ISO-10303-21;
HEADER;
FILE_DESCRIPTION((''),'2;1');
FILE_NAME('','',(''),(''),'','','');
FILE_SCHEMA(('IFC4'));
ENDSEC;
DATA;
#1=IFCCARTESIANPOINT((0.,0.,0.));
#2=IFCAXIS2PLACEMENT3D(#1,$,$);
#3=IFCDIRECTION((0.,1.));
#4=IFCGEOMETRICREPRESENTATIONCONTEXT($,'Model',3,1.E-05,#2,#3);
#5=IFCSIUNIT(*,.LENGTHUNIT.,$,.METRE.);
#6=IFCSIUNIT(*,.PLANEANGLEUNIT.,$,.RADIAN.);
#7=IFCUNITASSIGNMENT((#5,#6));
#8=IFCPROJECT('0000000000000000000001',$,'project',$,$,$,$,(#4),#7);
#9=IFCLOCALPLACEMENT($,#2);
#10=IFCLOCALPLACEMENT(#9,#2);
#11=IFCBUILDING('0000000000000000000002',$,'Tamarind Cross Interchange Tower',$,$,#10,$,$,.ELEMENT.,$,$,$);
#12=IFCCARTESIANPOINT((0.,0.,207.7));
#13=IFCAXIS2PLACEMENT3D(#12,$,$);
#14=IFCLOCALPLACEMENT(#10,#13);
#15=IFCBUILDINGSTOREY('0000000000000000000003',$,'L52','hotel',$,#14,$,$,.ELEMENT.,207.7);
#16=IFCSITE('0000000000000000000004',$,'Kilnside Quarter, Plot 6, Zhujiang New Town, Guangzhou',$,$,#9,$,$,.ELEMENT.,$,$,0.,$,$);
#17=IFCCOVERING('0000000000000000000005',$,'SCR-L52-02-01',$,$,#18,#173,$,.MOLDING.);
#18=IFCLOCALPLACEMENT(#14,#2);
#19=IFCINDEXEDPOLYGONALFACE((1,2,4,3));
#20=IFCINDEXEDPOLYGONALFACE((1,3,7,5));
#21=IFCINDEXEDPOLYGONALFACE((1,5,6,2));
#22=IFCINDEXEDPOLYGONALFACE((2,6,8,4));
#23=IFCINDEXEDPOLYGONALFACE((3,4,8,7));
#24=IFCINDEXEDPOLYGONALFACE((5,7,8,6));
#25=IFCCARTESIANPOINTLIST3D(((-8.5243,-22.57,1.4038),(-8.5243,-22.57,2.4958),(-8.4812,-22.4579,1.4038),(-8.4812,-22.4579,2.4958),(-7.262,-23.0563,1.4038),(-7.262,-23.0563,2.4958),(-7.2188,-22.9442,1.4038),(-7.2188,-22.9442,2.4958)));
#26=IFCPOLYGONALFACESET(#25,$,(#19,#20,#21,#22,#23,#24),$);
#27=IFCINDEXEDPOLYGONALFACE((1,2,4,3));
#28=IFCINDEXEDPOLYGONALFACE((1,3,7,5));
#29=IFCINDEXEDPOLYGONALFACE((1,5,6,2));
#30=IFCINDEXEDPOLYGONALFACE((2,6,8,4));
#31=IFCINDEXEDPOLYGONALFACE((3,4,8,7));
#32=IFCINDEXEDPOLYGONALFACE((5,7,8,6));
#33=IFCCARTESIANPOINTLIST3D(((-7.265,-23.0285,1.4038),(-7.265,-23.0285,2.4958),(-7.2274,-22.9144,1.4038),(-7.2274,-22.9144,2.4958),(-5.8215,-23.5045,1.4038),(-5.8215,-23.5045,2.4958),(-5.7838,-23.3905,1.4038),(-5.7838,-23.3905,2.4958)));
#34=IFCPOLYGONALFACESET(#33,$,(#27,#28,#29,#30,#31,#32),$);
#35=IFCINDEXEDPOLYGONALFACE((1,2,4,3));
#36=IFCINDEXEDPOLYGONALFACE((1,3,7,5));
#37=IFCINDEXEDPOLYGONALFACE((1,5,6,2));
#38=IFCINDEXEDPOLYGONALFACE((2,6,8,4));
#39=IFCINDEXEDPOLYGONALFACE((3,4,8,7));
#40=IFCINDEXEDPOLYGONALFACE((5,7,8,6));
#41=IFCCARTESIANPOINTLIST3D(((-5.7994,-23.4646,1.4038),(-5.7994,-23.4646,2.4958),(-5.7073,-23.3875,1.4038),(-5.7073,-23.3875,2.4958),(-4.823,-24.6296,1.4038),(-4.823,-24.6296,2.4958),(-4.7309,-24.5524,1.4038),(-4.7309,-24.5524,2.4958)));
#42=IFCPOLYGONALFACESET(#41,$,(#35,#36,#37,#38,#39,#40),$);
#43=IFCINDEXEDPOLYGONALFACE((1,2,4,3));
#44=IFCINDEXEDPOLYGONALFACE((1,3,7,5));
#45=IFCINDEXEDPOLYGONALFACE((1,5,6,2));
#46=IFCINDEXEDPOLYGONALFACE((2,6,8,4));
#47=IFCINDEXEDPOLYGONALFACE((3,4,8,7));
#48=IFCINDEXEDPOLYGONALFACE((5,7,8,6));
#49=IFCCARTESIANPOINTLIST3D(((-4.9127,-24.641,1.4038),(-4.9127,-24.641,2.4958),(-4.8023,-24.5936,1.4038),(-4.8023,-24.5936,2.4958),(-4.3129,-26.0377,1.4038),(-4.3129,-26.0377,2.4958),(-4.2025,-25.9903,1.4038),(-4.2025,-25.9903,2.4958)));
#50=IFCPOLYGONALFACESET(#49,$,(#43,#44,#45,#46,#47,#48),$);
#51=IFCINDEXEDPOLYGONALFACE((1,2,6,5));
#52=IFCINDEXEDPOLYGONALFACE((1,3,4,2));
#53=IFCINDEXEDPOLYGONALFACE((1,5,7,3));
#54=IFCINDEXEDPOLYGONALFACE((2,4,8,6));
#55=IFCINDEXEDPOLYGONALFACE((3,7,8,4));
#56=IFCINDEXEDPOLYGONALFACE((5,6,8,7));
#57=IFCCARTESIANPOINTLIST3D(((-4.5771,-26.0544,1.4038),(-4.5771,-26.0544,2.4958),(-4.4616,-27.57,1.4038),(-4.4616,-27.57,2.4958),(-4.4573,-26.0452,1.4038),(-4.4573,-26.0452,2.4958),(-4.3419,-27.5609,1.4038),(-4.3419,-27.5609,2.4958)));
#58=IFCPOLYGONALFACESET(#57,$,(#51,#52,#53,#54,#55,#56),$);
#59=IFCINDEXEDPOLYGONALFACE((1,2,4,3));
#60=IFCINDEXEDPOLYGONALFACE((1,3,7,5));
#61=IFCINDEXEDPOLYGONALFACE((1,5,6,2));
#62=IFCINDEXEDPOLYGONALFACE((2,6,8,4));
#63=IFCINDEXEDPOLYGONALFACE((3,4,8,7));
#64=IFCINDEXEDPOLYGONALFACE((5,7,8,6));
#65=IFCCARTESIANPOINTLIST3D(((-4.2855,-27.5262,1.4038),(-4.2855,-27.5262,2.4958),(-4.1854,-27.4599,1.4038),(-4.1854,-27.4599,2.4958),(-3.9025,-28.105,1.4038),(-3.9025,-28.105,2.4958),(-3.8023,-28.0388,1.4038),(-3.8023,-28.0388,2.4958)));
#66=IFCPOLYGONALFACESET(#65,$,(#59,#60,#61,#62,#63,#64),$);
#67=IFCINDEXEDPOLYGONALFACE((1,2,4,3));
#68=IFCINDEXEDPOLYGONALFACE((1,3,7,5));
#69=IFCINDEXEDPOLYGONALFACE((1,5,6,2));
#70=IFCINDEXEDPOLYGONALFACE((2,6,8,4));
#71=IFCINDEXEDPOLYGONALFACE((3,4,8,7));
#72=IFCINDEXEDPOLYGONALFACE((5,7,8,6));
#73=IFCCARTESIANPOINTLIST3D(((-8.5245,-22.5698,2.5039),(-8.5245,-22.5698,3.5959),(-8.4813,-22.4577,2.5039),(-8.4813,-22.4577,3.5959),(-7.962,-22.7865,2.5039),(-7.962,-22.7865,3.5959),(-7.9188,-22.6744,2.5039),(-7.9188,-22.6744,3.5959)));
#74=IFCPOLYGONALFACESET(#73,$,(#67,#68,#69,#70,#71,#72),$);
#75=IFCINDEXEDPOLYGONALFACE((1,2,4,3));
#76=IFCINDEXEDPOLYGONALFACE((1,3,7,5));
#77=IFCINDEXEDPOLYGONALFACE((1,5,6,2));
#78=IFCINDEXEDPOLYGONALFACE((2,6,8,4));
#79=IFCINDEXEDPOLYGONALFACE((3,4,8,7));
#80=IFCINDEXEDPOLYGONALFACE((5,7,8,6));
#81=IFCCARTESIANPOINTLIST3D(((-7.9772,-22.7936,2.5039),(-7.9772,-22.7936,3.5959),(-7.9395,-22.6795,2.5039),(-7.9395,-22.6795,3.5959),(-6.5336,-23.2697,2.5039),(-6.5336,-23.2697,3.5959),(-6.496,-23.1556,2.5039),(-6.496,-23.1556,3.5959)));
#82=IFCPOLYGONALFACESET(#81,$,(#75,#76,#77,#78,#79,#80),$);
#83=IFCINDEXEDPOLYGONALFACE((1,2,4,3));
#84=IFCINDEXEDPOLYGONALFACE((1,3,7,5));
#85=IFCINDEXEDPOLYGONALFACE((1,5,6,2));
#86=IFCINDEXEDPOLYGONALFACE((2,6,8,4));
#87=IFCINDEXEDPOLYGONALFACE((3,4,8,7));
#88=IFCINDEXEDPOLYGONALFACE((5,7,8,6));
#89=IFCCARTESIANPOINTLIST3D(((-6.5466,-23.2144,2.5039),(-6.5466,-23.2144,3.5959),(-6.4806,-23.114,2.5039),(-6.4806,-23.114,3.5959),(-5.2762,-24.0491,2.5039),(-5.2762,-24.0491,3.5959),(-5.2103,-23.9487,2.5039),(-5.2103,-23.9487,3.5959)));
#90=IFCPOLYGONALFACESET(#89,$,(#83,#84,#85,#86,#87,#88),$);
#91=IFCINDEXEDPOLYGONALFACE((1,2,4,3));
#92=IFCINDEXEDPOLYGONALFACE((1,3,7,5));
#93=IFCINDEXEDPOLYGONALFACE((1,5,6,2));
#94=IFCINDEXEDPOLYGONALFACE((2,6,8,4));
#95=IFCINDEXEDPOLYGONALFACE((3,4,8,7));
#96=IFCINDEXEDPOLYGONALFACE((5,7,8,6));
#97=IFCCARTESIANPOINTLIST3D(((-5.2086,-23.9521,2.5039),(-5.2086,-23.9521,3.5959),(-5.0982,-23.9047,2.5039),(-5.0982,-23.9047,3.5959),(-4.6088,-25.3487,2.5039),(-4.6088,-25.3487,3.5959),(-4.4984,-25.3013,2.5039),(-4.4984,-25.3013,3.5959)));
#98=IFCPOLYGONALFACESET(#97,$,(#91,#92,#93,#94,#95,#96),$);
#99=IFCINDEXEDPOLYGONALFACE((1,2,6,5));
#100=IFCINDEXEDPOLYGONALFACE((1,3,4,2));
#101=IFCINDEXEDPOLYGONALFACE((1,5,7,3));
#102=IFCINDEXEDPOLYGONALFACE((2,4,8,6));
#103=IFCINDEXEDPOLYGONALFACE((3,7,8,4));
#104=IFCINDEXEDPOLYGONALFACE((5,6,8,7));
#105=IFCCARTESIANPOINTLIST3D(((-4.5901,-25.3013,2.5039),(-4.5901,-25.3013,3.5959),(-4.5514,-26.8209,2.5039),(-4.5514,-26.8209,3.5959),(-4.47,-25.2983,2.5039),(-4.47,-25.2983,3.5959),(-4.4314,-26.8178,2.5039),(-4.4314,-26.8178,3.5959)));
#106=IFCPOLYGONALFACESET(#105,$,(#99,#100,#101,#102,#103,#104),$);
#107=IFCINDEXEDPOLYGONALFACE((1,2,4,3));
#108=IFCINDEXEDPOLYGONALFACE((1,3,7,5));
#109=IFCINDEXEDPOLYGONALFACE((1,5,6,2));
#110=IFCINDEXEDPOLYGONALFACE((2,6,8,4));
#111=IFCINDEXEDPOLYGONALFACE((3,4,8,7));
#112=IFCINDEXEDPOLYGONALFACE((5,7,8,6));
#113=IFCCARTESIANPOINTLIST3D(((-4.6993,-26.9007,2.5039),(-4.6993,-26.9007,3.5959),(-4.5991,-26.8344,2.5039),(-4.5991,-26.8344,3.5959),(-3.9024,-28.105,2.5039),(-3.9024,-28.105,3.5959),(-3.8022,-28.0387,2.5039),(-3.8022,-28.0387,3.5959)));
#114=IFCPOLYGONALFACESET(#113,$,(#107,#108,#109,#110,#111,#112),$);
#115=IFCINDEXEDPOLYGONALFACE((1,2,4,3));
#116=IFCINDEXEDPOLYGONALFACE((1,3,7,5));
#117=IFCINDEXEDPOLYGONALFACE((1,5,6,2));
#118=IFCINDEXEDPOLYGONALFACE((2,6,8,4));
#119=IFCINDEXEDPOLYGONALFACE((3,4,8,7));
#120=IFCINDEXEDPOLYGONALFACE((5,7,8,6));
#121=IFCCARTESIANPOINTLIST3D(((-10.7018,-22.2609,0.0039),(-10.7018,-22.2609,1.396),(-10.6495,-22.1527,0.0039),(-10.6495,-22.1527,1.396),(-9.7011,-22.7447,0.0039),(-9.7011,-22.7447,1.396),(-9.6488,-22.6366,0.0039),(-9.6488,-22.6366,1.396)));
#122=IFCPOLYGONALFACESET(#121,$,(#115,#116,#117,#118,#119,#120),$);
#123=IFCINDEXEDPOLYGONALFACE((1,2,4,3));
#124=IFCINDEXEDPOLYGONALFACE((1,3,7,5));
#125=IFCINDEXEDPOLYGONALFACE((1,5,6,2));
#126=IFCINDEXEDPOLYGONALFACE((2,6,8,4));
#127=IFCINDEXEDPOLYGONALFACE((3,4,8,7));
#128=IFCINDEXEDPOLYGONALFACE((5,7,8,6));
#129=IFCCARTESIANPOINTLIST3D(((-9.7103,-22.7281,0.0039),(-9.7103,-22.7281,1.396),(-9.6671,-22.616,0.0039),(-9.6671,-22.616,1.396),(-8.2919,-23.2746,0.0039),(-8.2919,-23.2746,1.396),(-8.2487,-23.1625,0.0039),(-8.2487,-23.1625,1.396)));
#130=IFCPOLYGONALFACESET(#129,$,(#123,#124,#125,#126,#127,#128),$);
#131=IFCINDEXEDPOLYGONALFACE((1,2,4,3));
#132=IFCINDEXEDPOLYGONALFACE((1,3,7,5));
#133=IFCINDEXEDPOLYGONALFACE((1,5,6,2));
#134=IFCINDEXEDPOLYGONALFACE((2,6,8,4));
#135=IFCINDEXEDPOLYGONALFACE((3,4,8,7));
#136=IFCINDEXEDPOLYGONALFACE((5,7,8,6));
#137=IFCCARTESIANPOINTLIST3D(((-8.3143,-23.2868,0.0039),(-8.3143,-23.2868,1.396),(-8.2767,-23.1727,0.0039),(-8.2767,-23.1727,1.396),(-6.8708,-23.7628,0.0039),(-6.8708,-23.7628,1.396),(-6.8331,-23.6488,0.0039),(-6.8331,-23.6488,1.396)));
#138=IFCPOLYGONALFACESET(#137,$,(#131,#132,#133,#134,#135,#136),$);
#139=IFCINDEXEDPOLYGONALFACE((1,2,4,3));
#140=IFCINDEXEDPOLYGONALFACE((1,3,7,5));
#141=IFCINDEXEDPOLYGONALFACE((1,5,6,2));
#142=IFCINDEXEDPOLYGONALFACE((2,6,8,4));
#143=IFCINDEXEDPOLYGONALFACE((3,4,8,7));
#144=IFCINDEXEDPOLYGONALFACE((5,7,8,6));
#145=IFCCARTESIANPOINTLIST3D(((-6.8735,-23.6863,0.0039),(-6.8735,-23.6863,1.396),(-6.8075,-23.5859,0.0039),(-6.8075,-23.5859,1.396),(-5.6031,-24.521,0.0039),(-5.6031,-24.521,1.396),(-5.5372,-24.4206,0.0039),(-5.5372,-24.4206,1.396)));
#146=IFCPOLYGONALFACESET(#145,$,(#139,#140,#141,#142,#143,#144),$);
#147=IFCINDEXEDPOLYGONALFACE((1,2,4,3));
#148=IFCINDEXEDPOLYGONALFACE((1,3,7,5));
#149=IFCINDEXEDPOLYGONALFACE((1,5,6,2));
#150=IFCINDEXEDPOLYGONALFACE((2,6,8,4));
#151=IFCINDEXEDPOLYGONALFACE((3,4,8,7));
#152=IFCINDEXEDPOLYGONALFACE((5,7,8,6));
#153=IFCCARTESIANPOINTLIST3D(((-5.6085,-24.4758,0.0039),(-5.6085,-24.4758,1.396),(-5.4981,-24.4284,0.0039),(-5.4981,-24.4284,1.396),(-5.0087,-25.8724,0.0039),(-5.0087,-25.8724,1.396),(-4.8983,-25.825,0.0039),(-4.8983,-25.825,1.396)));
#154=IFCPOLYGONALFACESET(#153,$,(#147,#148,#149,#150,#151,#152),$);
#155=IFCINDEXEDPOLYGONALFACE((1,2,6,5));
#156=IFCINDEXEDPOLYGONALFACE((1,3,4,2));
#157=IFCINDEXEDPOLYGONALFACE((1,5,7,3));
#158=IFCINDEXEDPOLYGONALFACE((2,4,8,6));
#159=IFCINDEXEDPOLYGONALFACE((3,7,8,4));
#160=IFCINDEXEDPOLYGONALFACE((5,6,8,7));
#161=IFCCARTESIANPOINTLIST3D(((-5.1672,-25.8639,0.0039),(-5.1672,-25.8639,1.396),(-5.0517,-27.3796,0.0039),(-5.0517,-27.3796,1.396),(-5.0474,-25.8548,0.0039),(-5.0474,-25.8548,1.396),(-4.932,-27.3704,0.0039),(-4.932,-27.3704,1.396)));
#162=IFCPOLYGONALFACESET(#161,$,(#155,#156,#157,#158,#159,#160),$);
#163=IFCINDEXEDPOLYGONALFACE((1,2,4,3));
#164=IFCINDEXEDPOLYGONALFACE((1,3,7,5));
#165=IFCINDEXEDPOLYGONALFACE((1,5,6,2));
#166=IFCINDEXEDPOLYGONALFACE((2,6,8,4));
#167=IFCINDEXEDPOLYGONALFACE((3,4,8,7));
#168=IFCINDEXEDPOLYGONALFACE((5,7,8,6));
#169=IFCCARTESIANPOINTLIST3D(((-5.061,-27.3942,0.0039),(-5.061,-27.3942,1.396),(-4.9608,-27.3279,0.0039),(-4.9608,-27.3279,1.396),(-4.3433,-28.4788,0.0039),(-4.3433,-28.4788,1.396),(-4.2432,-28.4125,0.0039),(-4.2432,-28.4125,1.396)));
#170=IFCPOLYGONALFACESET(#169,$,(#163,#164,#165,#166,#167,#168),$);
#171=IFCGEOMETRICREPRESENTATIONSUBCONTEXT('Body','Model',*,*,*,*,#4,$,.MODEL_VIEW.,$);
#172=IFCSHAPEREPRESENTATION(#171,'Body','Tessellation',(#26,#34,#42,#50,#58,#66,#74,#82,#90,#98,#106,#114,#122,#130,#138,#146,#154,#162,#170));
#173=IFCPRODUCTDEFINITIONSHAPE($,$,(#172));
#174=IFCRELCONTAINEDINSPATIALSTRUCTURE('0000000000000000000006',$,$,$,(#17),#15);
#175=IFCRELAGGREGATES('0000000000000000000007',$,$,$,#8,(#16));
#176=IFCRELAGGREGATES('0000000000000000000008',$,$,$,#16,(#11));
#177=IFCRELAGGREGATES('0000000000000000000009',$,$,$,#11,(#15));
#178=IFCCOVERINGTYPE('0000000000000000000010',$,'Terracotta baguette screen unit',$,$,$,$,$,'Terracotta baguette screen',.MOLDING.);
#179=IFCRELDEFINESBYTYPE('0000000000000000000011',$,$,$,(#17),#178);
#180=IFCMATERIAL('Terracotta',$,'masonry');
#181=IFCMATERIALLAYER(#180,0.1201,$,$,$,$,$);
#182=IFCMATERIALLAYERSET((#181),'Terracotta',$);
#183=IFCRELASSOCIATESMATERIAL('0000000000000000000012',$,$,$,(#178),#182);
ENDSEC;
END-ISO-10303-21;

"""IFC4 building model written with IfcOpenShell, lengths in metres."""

from ifc_helpers import new_model, si_unit, direction, frame, origin, origin_2d, place, context, subcontext, project, spatial, rectangle, extrude, material, layer, layer_set, type_object, element, save


model = new_model("IFC4")

# Units and contexts
model_context = context("Model", 3, precision=1e-05, world=origin(), true_north=direction((0.0, 1.0)))
body_context = subcontext(model_context, "Body", "Model", "MODEL_VIEW")
ifc_project = project(units=[si_unit("LENGTHUNIT", "METRE"), si_unit("PLANEANGLEUNIT", "RADIAN")], contexts=[model_context])

# Site, building, storey
site_placement = place(None, origin())
site = spatial("IfcSite", under=ifc_project, at=site_placement, Name="Kilnside Quarter, Plot 6, Zhujiang New Town, Guangzhou", CompositionType="ELEMENT", RefElevation=0.0)
building_placement = place(site_placement, origin())
building = spatial("IfcBuilding", under=site, at=building_placement, Name="Tamarind Cross Interchange Tower", CompositionType="ELEMENT")
storey_placement = place(building_placement, frame((0.0, 0.0, 207.7)))
storey = spatial("IfcBuildingStorey", under=building, at=storey_placement, Name="L52", Description="hotel", CompositionType="ELEMENT", Elevation=207.7)

# Covering
ifc_material_1 = material(Name="Terracotta", Category="masonry")
ifc_layer_1 = layer(ifc_material_1, 0.1201)
ifc_layer_set_1 = layer_set([ifc_layer_1], Name="Terracotta")
covering_type = type_object("IfcCoveringType", Name="Terracotta baguette screen unit", ElementType="Terracotta baguette screen", PredefinedType="MOLDING", material=ifc_layer_set_1)
covering_1_placement = place(storey_placement, origin())
element("IfcCovering", 1, at=covering_1_placement, inside=storey, type_object=covering_type, Name="SCR-L52-02-01", PredefinedType="MOLDING", context=body_context, shape_type="SweptSolid", body=[
    extrude(rectangle(XDim=1.3528, YDim=0.1201, at=origin_2d()), frame((-7.8716, -22.7571, 1.4038), z_axis=(0.0, 0.0, 1.0), x_axis=(0.933147, -0.359495, 0.0)), (0.0, 0.0, 1.0), 1.092),
    extrude(rectangle(XDim=1.52, YDim=0.1201, at=origin_2d()), frame((-6.5244, -23.2095, 1.4038), z_axis=(0.0, 0.0, 1.0), x_axis=(0.949688, -0.313199, 0.0)), (0.0, 0.0, 1.0), 1.092),
    extrude(rectangle(XDim=1.52, YDim=0.1201, at=origin_2d()), frame((-5.2651, -24.0085, 1.4038), z_axis=(0.0, 0.0, 1.0), x_axis=(0.642355, -0.766407, 0.0)), (0.0, 0.0, 1.0), 1.092),
    extrude(rectangle(XDim=1.52, YDim=0.1201, at=origin_2d()), frame((-4.5576, -25.3157, 1.4038), z_axis=(0.0, 0.0, 1.0), x_axis=(0.394598, -0.918854, 0.0)), (0.0, 0.0, 1.0), 1.092),
    extrude(rectangle(XDim=1.52, YDim=0.1201, at=origin_2d()), frame((-4.4595, -26.8076, 1.4038), z_axis=(0.0, 0.0, 1.0), x_axis=(0.07595, -0.997112, 0.0)), (0.0, 0.0, 1.0), 1.092),
    extrude(rectangle(XDim=0.6941, YDim=0.1201, at=origin_2d()), frame((-4.0439, -27.7825, 1.4038), z_axis=(0.0, 0.0, 1.0), x_axis=(0.551827, -0.833958, 0.0)), (0.0, 0.0, 1.0), 1.092),
    extrude(rectangle(XDim=0.6028, YDim=0.1201, at=origin_2d()), frame((-8.2217, -22.6221, 2.5039), z_axis=(0.0, 0.0, 1.0), x_axis=(0.933147, -0.359495, 0.0)), (0.0, 0.0, 1.0), 1.092),
    extrude(rectangle(XDim=1.52, YDim=0.1201, at=origin_2d()), frame((-7.2366, -22.9746, 2.5039), z_axis=(0.0, 0.0, 1.0), x_axis=(0.949688, -0.313199, 0.0)), (0.0, 0.0, 1.0), 1.092),
    extrude(rectangle(XDim=1.52, YDim=0.1201, at=origin_2d()), frame((-5.8784, -23.5815, 2.5039), z_axis=(0.0, 0.0, 1.0), x_axis=(0.835753, -0.549105, 0.0)), (0.0, 0.0, 1.0), 1.092),
    extrude(rectangle(XDim=1.52, YDim=0.1201, at=origin_2d()), frame((-4.8535, -24.6267, 2.5039), z_axis=(0.0, 0.0, 1.0), x_axis=(0.394598, -0.918854, 0.0)), (0.0, 0.0, 1.0), 1.092),
    extrude(rectangle(XDim=1.52, YDim=0.1201, at=origin_2d()), frame((-4.5107, -26.0596, 2.5039), z_axis=(0.0, 0.0, 1.0), x_axis=(0.025437, -0.999676, 0.0)), (0.0, 0.0, 1.0), 1.092),
    extrude(rectangle(XDim=1.4441, YDim=0.1201, at=origin_2d()), frame((-4.2507, -27.4697, 2.5039), z_axis=(0.0, 0.0, 1.0), x_axis=(0.551827, -0.833958, 0.0)), (0.0, 0.0, 1.0), 1.092),
    extrude(rectangle(XDim=1.1116, YDim=0.1201, at=origin_2d()), frame((-10.1753, -22.4487, 0.0039), z_axis=(0.0, 0.0, 1.0), x_axis=(0.900273, -0.435326, 0.0)), (0.0, 0.0, 1.0), 1.3921),
    extrude(rectangle(XDim=1.52, YDim=0.1201, at=origin_2d()), frame((-8.9795, -22.9453, 0.0039), z_axis=(0.0, 0.0, 1.0), x_axis=(0.933147, -0.359495, 0.0)), (0.0, 0.0, 1.0), 1.3921),
    extrude(rectangle(XDim=1.52, YDim=0.1201, at=origin_2d()), frame((-7.5737, -23.4678, 0.0039), z_axis=(0.0, 0.0, 1.0), x_axis=(0.949688, -0.313199, 0.0)), (0.0, 0.0, 1.0), 1.3921),
    extrude(rectangle(XDim=1.52, YDim=0.1201, at=origin_2d()), frame((-6.2053, -24.0535, 0.0039), z_axis=(0.0, 0.0, 1.0), x_axis=(0.835753, -0.549105, 0.0)), (0.0, 0.0, 1.0), 1.3921),
    extrude(rectangle(XDim=1.52, YDim=0.1201, at=origin_2d()), frame((-5.2534, -25.1504, 0.0039), z_axis=(0.0, 0.0, 1.0), x_axis=(0.394598, -0.918854, 0.0)), (0.0, 0.0, 1.0), 1.3921),
    extrude(rectangle(XDim=1.52, YDim=0.1201, at=origin_2d()), frame((-5.0496, -26.6172, 0.0039), z_axis=(0.0, 0.0, 1.0), x_axis=(0.07595, -0.997112, 0.0)), (0.0, 0.0, 1.0), 1.3921),
    extrude(rectangle(XDim=1.3005, YDim=0.1201, at=origin_2d()), frame((-4.6521, -27.9033, 0.0039), z_axis=(0.0, 0.0, 1.0), x_axis=(0.551827, -0.833958, 0.0)), (0.0, 0.0, 1.0), 1.3921),
])

save(model, "model.ifc")
